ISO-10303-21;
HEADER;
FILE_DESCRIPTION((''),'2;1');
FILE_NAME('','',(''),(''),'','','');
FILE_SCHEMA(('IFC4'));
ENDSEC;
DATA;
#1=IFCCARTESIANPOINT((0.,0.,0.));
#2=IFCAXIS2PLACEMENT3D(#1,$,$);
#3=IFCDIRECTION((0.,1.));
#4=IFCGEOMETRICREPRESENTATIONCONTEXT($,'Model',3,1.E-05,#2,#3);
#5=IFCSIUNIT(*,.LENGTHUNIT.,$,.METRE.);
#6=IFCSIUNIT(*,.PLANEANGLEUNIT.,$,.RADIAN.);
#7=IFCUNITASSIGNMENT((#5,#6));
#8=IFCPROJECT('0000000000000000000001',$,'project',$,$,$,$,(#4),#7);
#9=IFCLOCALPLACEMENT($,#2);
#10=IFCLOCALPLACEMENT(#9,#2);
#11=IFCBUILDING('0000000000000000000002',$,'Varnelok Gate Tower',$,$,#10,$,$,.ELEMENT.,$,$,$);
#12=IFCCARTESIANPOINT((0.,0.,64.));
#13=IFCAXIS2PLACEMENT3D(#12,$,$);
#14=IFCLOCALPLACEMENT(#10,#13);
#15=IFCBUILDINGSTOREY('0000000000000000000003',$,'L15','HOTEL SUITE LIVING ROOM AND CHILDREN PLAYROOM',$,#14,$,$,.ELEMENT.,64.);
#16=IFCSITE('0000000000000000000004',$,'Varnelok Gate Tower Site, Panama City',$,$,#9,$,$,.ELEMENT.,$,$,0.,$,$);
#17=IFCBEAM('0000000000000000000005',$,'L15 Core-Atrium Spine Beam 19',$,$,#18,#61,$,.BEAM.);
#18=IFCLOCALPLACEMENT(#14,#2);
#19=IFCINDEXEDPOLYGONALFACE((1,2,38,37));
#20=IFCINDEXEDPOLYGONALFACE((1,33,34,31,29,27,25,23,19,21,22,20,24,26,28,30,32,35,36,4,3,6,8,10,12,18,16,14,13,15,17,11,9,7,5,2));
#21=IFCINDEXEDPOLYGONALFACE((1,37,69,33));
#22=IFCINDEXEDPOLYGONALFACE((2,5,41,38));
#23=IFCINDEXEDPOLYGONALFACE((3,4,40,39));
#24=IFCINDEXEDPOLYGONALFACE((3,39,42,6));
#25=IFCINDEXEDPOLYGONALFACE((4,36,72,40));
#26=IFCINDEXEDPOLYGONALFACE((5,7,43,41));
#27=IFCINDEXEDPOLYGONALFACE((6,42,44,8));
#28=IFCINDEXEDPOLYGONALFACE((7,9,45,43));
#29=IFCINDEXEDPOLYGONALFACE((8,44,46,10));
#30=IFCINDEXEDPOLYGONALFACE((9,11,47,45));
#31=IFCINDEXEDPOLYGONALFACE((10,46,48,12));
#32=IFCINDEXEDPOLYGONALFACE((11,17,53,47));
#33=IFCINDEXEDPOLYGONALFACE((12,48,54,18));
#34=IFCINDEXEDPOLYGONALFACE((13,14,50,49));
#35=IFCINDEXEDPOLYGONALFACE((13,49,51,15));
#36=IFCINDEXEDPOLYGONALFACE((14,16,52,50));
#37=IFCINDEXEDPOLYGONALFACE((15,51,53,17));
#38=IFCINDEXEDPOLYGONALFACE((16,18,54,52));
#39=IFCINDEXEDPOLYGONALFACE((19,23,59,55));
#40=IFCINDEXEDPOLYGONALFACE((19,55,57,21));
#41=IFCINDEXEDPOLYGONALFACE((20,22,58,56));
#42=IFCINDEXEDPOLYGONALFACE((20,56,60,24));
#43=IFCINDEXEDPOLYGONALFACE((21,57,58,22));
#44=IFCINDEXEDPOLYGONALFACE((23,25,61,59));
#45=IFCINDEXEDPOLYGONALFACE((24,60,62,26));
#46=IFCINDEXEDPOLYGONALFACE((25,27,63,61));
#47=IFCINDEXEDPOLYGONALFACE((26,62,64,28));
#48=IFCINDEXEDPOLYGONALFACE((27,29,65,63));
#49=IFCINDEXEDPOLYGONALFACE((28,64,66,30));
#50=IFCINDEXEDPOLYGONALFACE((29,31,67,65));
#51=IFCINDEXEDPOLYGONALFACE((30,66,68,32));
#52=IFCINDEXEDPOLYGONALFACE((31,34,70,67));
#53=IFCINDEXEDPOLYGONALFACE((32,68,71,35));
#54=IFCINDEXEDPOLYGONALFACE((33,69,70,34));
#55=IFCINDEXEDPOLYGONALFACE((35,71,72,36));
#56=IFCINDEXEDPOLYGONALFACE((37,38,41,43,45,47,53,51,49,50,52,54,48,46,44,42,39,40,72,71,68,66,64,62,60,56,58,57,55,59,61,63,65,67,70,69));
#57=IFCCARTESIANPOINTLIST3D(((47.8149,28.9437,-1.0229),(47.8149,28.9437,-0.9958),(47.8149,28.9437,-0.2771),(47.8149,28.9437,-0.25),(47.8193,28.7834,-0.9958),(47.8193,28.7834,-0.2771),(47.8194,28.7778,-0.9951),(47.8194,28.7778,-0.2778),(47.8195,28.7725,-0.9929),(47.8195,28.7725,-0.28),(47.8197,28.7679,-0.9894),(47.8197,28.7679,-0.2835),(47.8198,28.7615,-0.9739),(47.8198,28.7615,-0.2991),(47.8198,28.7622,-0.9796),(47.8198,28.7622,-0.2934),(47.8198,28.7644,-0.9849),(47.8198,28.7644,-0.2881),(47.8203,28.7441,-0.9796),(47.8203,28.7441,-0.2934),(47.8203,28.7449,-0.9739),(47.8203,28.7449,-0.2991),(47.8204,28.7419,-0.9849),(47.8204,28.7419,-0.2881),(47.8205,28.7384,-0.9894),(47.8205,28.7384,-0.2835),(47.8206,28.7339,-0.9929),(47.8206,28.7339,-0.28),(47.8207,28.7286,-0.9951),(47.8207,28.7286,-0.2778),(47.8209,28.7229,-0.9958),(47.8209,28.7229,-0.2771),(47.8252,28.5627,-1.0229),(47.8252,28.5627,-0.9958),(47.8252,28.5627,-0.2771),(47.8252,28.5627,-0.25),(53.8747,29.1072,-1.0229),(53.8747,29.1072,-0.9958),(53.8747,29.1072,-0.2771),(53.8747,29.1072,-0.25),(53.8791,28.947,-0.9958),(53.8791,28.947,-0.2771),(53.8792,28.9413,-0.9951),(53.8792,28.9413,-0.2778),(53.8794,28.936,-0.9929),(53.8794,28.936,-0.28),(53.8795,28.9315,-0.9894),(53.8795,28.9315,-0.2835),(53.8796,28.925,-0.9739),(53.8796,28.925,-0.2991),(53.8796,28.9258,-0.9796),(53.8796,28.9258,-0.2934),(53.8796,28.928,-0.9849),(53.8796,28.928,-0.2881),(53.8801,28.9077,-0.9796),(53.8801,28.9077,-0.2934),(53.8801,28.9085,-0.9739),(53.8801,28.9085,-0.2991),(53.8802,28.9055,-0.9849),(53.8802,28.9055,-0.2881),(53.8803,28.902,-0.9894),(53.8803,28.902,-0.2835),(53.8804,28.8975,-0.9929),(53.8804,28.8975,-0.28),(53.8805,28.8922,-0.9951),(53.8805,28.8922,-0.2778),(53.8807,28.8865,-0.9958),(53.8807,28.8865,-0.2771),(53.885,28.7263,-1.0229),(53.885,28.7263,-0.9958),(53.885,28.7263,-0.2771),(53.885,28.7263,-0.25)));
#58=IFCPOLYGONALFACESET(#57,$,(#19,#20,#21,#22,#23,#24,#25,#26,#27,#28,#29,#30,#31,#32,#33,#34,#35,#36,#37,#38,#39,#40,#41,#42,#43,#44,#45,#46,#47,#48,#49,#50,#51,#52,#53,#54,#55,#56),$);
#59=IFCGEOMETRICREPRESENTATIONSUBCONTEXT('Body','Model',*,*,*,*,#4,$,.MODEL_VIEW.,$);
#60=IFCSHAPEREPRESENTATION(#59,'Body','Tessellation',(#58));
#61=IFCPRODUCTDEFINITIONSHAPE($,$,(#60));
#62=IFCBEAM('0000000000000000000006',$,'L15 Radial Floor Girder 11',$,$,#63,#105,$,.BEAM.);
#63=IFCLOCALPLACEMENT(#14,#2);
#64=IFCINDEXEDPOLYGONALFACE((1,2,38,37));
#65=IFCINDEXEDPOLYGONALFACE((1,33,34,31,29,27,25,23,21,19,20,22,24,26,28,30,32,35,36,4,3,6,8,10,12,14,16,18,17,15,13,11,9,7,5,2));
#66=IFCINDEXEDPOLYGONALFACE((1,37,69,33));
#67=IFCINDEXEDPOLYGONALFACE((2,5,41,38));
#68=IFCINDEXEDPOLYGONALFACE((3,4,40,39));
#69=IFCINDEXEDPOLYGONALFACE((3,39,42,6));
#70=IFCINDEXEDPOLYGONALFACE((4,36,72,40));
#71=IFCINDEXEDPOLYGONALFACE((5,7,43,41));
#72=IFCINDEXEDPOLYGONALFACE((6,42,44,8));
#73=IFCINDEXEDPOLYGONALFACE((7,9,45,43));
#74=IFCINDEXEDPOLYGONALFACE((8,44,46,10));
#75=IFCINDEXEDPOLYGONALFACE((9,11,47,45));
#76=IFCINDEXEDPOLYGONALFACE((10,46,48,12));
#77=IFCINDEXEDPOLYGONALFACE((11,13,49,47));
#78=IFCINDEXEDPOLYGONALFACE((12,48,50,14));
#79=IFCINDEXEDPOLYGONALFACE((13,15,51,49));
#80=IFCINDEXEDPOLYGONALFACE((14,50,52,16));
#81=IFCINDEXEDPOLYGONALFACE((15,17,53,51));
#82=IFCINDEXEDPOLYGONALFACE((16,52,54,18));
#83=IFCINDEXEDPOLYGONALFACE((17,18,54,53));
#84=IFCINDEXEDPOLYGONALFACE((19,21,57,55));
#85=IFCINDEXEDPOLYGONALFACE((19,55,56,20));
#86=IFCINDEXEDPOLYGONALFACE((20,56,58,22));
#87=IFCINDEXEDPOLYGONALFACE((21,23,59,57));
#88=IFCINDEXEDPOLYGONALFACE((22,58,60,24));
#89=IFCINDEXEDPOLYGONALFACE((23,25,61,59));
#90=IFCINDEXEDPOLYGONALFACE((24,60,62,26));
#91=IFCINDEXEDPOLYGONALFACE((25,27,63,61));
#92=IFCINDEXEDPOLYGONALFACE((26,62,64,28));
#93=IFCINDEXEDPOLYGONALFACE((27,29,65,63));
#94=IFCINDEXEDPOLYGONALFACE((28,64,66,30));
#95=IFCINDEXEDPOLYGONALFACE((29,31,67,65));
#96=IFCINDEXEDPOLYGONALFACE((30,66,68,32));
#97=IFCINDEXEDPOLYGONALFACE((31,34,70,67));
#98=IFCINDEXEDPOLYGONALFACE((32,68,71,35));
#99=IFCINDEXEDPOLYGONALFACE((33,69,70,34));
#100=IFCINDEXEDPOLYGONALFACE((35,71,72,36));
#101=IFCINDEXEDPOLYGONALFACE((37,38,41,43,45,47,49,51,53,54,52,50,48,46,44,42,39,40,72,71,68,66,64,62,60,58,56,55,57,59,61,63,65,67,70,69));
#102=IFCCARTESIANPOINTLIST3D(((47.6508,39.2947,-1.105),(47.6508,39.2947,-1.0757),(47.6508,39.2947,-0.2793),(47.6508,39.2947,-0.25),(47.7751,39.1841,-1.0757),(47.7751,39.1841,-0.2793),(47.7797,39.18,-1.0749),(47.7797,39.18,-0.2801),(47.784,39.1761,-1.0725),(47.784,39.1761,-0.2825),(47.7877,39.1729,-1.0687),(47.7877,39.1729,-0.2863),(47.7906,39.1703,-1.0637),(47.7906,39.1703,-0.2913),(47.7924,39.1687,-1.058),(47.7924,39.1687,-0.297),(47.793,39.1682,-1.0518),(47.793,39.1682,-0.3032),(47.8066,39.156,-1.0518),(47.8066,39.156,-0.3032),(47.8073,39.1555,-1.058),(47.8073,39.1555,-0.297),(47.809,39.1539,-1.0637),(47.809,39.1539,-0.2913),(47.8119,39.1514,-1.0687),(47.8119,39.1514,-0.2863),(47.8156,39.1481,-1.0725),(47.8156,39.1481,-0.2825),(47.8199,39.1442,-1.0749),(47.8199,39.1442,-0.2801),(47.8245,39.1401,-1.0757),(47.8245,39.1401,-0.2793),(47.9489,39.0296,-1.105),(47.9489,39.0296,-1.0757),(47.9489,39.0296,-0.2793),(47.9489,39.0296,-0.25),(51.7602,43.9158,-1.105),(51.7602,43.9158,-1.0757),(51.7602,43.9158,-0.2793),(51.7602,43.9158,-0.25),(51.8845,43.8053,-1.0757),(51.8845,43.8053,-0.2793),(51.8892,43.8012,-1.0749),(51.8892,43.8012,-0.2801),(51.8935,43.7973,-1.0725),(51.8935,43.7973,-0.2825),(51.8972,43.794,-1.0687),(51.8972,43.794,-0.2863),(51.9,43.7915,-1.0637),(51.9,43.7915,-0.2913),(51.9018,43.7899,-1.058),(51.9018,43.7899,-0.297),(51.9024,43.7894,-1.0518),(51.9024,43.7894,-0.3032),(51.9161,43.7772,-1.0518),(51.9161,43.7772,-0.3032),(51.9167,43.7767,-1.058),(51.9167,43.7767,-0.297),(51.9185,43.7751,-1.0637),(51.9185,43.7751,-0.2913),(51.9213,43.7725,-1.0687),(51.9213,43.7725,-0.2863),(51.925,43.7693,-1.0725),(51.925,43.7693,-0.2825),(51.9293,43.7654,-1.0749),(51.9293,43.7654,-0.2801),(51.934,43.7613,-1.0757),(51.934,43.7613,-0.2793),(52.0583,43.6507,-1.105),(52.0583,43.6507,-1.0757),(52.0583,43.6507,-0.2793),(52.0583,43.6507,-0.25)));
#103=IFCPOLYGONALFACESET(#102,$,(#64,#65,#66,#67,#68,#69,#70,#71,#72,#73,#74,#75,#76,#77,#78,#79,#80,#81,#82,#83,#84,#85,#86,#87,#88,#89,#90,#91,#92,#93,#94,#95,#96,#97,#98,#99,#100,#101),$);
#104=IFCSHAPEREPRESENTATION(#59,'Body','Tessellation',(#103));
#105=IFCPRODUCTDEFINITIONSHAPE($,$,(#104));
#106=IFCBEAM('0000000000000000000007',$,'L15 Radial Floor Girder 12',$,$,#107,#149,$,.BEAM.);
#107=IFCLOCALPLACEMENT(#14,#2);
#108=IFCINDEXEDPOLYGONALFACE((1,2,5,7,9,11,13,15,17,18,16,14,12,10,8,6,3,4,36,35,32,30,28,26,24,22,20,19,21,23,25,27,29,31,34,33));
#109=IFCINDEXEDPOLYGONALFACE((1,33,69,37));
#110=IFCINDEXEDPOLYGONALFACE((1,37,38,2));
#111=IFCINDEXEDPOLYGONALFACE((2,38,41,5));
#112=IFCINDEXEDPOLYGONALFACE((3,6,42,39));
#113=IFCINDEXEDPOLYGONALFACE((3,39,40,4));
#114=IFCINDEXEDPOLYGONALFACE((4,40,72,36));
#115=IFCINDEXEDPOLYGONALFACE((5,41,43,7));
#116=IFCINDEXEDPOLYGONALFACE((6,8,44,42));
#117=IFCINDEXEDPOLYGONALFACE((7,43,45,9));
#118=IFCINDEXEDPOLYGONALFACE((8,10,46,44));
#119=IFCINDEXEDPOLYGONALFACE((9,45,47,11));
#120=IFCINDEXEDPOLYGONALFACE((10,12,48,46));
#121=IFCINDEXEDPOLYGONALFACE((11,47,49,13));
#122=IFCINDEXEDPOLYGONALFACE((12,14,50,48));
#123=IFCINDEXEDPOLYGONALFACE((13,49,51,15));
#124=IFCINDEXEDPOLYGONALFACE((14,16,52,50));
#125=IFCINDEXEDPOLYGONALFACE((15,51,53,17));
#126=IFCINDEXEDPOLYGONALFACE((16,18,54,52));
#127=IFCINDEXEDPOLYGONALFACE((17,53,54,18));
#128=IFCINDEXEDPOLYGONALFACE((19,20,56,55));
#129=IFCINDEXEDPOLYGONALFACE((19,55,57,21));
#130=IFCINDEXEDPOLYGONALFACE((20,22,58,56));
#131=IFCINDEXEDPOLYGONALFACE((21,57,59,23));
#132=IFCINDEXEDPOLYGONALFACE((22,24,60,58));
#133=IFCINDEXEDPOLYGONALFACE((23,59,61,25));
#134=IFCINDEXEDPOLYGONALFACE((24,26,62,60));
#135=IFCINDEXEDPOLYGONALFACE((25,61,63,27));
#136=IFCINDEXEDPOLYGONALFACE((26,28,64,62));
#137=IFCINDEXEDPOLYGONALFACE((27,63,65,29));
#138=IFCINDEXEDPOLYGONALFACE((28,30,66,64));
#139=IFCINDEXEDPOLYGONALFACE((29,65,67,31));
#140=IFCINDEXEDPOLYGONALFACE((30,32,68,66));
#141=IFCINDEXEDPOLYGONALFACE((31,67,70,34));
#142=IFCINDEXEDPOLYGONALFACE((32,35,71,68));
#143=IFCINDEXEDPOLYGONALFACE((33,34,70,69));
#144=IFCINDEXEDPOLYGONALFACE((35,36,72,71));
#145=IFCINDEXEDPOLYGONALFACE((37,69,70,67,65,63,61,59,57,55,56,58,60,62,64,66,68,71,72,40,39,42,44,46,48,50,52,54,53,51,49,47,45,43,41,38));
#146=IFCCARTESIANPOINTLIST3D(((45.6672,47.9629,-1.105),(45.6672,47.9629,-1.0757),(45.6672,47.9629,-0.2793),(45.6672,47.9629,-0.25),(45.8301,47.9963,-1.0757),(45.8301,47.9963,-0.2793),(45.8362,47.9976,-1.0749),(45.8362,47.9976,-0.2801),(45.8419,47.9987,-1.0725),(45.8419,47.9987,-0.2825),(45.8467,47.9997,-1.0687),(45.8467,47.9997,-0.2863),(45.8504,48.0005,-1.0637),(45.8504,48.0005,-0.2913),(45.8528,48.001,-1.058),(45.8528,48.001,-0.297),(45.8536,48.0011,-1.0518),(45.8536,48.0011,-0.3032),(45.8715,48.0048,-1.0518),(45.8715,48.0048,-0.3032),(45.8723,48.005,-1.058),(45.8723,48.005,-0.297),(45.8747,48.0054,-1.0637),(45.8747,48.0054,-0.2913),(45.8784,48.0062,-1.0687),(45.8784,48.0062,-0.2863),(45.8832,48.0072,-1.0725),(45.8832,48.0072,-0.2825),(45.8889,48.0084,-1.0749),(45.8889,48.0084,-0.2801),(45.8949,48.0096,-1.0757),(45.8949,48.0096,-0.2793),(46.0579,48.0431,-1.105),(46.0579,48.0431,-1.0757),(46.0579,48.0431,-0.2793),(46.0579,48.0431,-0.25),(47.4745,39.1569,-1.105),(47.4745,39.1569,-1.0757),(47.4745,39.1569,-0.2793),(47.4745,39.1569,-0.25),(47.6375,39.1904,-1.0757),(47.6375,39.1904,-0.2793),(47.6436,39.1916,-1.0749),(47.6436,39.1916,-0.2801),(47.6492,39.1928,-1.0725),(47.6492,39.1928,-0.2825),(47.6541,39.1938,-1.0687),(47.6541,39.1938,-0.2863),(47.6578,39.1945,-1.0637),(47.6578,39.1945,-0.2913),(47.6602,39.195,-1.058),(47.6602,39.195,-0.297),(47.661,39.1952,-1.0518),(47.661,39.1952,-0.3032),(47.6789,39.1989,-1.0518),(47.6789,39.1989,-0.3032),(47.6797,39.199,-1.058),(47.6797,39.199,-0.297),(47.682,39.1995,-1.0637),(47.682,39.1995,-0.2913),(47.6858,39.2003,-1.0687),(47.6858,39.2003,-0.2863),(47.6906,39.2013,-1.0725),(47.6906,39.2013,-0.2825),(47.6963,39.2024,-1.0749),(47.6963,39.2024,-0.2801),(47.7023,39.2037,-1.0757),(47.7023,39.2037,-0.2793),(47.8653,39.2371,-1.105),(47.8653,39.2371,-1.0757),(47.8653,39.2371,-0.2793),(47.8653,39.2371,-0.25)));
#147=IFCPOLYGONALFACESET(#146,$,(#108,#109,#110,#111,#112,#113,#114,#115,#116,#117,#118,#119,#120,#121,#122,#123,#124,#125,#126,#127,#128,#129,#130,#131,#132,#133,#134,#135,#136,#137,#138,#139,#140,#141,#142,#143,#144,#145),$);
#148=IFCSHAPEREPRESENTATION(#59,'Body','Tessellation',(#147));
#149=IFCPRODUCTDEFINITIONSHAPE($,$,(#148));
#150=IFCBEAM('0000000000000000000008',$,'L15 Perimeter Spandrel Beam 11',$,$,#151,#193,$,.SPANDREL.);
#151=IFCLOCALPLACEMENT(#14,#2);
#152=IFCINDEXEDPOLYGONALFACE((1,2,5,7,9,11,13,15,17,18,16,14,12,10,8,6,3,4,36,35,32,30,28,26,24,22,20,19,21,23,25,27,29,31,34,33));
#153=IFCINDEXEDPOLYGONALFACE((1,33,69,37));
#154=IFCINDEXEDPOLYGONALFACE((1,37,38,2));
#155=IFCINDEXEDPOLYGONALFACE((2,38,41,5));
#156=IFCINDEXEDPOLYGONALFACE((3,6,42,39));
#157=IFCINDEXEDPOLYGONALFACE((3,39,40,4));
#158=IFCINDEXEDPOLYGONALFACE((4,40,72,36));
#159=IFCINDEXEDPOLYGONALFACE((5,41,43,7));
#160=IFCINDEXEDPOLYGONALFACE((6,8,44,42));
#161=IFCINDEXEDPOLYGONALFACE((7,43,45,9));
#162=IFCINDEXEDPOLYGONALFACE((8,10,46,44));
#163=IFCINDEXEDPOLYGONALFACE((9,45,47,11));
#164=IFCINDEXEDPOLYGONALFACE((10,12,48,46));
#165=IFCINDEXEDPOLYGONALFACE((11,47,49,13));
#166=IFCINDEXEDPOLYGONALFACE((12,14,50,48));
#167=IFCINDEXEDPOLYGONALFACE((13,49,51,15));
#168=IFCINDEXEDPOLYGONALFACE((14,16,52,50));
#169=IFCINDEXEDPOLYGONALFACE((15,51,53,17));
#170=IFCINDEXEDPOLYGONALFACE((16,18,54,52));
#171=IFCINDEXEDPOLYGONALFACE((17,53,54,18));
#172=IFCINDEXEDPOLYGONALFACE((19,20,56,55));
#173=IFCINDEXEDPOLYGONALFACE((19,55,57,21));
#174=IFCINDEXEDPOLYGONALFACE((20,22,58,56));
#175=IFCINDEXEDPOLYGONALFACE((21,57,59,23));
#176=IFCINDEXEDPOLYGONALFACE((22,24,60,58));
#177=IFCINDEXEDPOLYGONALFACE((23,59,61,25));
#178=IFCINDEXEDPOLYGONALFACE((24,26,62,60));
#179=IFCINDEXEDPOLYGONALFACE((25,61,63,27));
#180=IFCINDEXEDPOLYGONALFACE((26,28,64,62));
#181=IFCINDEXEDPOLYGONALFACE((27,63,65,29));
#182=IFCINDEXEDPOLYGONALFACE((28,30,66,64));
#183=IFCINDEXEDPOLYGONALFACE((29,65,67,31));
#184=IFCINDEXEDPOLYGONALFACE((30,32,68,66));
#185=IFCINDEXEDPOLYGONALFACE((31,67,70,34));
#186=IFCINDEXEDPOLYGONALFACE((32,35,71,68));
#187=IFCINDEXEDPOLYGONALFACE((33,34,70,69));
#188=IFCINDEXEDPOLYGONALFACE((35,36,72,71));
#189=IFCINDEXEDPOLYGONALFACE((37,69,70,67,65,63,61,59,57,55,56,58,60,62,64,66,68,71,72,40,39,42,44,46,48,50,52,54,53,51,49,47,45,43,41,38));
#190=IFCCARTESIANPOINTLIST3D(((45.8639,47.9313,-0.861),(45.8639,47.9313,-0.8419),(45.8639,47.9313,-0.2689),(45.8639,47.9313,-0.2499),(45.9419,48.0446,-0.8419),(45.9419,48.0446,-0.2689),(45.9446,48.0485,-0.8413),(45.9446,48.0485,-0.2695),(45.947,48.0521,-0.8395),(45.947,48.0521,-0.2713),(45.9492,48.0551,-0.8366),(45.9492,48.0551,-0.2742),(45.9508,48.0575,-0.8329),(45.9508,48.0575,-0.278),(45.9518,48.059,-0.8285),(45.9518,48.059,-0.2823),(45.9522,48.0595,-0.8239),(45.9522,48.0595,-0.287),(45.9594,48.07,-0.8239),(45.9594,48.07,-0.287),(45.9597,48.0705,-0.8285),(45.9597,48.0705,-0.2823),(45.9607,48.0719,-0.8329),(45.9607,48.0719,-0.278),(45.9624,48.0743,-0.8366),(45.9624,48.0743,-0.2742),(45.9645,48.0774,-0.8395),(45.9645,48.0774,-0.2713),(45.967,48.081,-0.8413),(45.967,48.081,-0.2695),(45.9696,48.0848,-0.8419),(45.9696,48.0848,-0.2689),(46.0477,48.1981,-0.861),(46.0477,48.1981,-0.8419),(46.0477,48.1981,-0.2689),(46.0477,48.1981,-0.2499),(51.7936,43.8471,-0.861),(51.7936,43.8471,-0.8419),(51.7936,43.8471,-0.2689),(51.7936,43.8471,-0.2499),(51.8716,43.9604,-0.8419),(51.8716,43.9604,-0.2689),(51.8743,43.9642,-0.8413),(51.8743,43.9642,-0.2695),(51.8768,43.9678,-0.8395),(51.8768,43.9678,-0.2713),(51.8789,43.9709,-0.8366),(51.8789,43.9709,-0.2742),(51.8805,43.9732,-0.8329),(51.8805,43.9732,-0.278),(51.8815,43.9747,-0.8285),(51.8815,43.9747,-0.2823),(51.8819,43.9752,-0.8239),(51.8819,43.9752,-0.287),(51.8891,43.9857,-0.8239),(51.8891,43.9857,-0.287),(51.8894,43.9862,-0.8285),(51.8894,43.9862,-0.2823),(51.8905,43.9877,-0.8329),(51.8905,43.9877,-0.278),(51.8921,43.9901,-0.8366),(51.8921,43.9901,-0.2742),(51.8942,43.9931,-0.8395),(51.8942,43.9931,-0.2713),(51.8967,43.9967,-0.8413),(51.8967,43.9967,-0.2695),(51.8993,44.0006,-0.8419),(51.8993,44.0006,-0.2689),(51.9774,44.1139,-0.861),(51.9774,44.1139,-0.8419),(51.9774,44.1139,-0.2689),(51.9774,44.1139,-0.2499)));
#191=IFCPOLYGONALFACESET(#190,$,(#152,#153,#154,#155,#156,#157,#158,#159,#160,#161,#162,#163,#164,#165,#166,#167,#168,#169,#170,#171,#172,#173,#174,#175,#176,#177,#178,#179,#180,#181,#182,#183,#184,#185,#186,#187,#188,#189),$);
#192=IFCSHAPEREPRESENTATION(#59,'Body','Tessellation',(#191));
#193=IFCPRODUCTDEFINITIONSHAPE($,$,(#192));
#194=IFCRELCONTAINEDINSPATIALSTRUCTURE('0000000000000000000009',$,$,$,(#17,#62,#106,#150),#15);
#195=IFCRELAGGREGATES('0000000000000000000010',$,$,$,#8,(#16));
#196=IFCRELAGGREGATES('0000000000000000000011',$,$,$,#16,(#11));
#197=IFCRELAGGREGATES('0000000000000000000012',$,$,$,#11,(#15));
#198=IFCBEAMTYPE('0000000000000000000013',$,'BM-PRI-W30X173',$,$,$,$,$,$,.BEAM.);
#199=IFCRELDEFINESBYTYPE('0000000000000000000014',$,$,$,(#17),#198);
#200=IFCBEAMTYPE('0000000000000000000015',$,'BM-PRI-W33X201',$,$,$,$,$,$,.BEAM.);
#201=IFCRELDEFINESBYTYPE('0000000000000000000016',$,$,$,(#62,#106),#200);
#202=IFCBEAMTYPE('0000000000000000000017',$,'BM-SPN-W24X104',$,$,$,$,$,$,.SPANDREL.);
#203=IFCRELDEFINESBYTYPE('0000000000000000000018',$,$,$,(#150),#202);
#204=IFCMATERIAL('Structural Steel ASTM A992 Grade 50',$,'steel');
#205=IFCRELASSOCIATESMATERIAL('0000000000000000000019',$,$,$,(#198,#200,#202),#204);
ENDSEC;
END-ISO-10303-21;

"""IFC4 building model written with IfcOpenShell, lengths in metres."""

from ifc_helpers import new_model, si_unit, direction, frame, origin, origin_2d, place, context, subcontext, project, spatial, i_section, extrude, material, material_profile, profile_set, type_object, element, save


model = new_model("IFC4")

# Units and contexts
model_context = context("Model", 3, precision=1e-05, world=origin(), true_north=direction((0.0, 1.0)))
body_context = subcontext(model_context, "Body", "Model", "MODEL_VIEW")
ifc_project = project(units=[si_unit("LENGTHUNIT", "METRE"), si_unit("PLANEANGLEUNIT", "RADIAN")], contexts=[model_context])

# Site, building, storey
site_placement = place(None, origin())
site = spatial("IfcSite", under=ifc_project, at=site_placement, Name="Varnelok Gate Tower Site, Panama City", CompositionType="ELEMENT", RefElevation=0.0)
building_placement = place(site_placement, origin())
building = spatial("IfcBuilding", under=site, at=building_placement, Name="Varnelok Gate Tower", CompositionType="ELEMENT")
storey_placement = place(building_placement, frame((0.0, 0.0, 64.0)))
storey = spatial("IfcBuildingStorey", under=building, at=storey_placement, Name="L15", Description="HOTEL SUITE LIVING ROOM AND CHILDREN PLAYROOM", CompositionType="ELEMENT", Elevation=64.0)

# Shared definitions
ifc_material_1 = material(Name="Structural Steel ASTM A992 Grade 50", Category="steel")

# Beams
ifc_material_profile_1 = material_profile(ifc_material_1, i_section(OverallWidth=0.3811, OverallDepth=0.7729, WebThickness=0.0166, FlangeThickness=0.0271, FilletRadius=0.022, at=origin_2d()), Name="W30X173")
ifc_profile_set_1 = profile_set([ifc_material_profile_1], Name="Structural Steel ASTM A992 Grade 50")
beam_type_1 = type_object("IfcBeamType", Name="BM-PRI-W30X173", PredefinedType="BEAM", material=ifc_profile_set_1)
beam_1_placement = place(storey_placement, frame((47.8201, 28.7532, -0.6365), z_axis=(0.999636, 0.026983, 0.0), x_axis=(-0.026983, 0.999636, 0.0)))
element("IfcBeam", 1, at=beam_1_placement, inside=storey, type_object=beam_type_1, Name="L15 Core-Atrium Spine Beam 19", PredefinedType="BEAM", context=body_context, shape_type="SweptSolid", body=[
    extrude(i_section(OverallWidth=0.3811, OverallDepth=0.7729, WebThickness=0.0166, FlangeThickness=0.0271, FilletRadius=0.022, at=origin_2d()), origin(), (0.0, 0.0, 1.0), 6.062),
])
ifc_material_profile_2 = material_profile(ifc_material_1, i_section(OverallWidth=0.3989, OverallDepth=0.855, WebThickness=0.0183, FlangeThickness=0.0293, FilletRadius=0.0239, at=origin_2d()), Name="W33X201")
ifc_profile_set_2 = profile_set([ifc_material_profile_2], Name="Structural Steel ASTM A992 Grade 50")
beam_type_2 = type_object("IfcBeamType", Name="BM-PRI-W33X201", PredefinedType="BEAM", material=ifc_profile_set_2)
beam_2_placement = place(storey_placement, frame((47.7998, 39.1621, -0.6775), z_axis=(0.664521, 0.74727, 0.0), x_axis=(-0.74727, 0.664521, 0.0)))
element("IfcBeam", 2, at=beam_2_placement, inside=storey, type_object=beam_type_2, Name="L15 Radial Floor Girder 11", PredefinedType="BEAM", context=body_context, shape_type="SweptSolid", body=[
    extrude(i_section(OverallWidth=0.3989, OverallDepth=0.855, WebThickness=0.0183, FlangeThickness=0.0293, FilletRadius=0.0239, at=origin_2d()), origin(), (0.0, 0.0, 1.0), 6.1841),
])
beam_3_placement = place(storey_placement, frame((47.6699, 39.197, -0.6775), z_axis=(-0.201054, 0.97958, 0.0), x_axis=(-0.97958, -0.201054, 0.0)))
element("IfcBeam", 3, at=beam_3_placement, inside=storey, type_object=beam_type_2, Name="L15 Radial Floor Girder 12", PredefinedType="BEAM", context=body_context, shape_type="SweptSolid", body=[
    extrude(i_section(OverallWidth=0.3989, OverallDepth=0.855, WebThickness=0.0183, FlangeThickness=0.0293, FilletRadius=0.0239, at=origin_2d()), origin(), (0.0, 0.0, 1.0), 8.9895),
])
ifc_material_profile_3 = material_profile(ifc_material_1, i_section(OverallWidth=0.324, OverallDepth=0.6111, WebThickness=0.0127, FlangeThickness=0.019, FilletRadius=0.0181, at=origin_2d()), Name="W24X104")
ifc_profile_set_3 = profile_set([ifc_material_profile_3], Name="Structural Steel ASTM A992 Grade 50")
beam_type_3 = type_object("IfcBeamType", Name="BM-SPN-W24X104", PredefinedType="SPANDREL", material=ifc_profile_set_3)
beam_4_placement = place(storey_placement, frame((51.8855, 43.9805, -0.5554), z_axis=(-0.823551, 0.567242, 0.0), x_axis=(-0.567242, -0.823551, 0.0)))
element("IfcBeam", 4, at=beam_4_placement, inside=storey, type_object=beam_type_3, Name="L15 Perimeter Spandrel Beam 11", PredefinedType="SPANDREL", context=body_context, shape_type="SweptSolid", body=[
    extrude(i_section(OverallWidth=0.324, OverallDepth=0.6111, WebThickness=0.0127, FlangeThickness=0.019, FilletRadius=0.0181, at=origin_2d()), origin(), (0.0, 0.0, 1.0), 7.2002),
])

save(model, "model.ifc")
